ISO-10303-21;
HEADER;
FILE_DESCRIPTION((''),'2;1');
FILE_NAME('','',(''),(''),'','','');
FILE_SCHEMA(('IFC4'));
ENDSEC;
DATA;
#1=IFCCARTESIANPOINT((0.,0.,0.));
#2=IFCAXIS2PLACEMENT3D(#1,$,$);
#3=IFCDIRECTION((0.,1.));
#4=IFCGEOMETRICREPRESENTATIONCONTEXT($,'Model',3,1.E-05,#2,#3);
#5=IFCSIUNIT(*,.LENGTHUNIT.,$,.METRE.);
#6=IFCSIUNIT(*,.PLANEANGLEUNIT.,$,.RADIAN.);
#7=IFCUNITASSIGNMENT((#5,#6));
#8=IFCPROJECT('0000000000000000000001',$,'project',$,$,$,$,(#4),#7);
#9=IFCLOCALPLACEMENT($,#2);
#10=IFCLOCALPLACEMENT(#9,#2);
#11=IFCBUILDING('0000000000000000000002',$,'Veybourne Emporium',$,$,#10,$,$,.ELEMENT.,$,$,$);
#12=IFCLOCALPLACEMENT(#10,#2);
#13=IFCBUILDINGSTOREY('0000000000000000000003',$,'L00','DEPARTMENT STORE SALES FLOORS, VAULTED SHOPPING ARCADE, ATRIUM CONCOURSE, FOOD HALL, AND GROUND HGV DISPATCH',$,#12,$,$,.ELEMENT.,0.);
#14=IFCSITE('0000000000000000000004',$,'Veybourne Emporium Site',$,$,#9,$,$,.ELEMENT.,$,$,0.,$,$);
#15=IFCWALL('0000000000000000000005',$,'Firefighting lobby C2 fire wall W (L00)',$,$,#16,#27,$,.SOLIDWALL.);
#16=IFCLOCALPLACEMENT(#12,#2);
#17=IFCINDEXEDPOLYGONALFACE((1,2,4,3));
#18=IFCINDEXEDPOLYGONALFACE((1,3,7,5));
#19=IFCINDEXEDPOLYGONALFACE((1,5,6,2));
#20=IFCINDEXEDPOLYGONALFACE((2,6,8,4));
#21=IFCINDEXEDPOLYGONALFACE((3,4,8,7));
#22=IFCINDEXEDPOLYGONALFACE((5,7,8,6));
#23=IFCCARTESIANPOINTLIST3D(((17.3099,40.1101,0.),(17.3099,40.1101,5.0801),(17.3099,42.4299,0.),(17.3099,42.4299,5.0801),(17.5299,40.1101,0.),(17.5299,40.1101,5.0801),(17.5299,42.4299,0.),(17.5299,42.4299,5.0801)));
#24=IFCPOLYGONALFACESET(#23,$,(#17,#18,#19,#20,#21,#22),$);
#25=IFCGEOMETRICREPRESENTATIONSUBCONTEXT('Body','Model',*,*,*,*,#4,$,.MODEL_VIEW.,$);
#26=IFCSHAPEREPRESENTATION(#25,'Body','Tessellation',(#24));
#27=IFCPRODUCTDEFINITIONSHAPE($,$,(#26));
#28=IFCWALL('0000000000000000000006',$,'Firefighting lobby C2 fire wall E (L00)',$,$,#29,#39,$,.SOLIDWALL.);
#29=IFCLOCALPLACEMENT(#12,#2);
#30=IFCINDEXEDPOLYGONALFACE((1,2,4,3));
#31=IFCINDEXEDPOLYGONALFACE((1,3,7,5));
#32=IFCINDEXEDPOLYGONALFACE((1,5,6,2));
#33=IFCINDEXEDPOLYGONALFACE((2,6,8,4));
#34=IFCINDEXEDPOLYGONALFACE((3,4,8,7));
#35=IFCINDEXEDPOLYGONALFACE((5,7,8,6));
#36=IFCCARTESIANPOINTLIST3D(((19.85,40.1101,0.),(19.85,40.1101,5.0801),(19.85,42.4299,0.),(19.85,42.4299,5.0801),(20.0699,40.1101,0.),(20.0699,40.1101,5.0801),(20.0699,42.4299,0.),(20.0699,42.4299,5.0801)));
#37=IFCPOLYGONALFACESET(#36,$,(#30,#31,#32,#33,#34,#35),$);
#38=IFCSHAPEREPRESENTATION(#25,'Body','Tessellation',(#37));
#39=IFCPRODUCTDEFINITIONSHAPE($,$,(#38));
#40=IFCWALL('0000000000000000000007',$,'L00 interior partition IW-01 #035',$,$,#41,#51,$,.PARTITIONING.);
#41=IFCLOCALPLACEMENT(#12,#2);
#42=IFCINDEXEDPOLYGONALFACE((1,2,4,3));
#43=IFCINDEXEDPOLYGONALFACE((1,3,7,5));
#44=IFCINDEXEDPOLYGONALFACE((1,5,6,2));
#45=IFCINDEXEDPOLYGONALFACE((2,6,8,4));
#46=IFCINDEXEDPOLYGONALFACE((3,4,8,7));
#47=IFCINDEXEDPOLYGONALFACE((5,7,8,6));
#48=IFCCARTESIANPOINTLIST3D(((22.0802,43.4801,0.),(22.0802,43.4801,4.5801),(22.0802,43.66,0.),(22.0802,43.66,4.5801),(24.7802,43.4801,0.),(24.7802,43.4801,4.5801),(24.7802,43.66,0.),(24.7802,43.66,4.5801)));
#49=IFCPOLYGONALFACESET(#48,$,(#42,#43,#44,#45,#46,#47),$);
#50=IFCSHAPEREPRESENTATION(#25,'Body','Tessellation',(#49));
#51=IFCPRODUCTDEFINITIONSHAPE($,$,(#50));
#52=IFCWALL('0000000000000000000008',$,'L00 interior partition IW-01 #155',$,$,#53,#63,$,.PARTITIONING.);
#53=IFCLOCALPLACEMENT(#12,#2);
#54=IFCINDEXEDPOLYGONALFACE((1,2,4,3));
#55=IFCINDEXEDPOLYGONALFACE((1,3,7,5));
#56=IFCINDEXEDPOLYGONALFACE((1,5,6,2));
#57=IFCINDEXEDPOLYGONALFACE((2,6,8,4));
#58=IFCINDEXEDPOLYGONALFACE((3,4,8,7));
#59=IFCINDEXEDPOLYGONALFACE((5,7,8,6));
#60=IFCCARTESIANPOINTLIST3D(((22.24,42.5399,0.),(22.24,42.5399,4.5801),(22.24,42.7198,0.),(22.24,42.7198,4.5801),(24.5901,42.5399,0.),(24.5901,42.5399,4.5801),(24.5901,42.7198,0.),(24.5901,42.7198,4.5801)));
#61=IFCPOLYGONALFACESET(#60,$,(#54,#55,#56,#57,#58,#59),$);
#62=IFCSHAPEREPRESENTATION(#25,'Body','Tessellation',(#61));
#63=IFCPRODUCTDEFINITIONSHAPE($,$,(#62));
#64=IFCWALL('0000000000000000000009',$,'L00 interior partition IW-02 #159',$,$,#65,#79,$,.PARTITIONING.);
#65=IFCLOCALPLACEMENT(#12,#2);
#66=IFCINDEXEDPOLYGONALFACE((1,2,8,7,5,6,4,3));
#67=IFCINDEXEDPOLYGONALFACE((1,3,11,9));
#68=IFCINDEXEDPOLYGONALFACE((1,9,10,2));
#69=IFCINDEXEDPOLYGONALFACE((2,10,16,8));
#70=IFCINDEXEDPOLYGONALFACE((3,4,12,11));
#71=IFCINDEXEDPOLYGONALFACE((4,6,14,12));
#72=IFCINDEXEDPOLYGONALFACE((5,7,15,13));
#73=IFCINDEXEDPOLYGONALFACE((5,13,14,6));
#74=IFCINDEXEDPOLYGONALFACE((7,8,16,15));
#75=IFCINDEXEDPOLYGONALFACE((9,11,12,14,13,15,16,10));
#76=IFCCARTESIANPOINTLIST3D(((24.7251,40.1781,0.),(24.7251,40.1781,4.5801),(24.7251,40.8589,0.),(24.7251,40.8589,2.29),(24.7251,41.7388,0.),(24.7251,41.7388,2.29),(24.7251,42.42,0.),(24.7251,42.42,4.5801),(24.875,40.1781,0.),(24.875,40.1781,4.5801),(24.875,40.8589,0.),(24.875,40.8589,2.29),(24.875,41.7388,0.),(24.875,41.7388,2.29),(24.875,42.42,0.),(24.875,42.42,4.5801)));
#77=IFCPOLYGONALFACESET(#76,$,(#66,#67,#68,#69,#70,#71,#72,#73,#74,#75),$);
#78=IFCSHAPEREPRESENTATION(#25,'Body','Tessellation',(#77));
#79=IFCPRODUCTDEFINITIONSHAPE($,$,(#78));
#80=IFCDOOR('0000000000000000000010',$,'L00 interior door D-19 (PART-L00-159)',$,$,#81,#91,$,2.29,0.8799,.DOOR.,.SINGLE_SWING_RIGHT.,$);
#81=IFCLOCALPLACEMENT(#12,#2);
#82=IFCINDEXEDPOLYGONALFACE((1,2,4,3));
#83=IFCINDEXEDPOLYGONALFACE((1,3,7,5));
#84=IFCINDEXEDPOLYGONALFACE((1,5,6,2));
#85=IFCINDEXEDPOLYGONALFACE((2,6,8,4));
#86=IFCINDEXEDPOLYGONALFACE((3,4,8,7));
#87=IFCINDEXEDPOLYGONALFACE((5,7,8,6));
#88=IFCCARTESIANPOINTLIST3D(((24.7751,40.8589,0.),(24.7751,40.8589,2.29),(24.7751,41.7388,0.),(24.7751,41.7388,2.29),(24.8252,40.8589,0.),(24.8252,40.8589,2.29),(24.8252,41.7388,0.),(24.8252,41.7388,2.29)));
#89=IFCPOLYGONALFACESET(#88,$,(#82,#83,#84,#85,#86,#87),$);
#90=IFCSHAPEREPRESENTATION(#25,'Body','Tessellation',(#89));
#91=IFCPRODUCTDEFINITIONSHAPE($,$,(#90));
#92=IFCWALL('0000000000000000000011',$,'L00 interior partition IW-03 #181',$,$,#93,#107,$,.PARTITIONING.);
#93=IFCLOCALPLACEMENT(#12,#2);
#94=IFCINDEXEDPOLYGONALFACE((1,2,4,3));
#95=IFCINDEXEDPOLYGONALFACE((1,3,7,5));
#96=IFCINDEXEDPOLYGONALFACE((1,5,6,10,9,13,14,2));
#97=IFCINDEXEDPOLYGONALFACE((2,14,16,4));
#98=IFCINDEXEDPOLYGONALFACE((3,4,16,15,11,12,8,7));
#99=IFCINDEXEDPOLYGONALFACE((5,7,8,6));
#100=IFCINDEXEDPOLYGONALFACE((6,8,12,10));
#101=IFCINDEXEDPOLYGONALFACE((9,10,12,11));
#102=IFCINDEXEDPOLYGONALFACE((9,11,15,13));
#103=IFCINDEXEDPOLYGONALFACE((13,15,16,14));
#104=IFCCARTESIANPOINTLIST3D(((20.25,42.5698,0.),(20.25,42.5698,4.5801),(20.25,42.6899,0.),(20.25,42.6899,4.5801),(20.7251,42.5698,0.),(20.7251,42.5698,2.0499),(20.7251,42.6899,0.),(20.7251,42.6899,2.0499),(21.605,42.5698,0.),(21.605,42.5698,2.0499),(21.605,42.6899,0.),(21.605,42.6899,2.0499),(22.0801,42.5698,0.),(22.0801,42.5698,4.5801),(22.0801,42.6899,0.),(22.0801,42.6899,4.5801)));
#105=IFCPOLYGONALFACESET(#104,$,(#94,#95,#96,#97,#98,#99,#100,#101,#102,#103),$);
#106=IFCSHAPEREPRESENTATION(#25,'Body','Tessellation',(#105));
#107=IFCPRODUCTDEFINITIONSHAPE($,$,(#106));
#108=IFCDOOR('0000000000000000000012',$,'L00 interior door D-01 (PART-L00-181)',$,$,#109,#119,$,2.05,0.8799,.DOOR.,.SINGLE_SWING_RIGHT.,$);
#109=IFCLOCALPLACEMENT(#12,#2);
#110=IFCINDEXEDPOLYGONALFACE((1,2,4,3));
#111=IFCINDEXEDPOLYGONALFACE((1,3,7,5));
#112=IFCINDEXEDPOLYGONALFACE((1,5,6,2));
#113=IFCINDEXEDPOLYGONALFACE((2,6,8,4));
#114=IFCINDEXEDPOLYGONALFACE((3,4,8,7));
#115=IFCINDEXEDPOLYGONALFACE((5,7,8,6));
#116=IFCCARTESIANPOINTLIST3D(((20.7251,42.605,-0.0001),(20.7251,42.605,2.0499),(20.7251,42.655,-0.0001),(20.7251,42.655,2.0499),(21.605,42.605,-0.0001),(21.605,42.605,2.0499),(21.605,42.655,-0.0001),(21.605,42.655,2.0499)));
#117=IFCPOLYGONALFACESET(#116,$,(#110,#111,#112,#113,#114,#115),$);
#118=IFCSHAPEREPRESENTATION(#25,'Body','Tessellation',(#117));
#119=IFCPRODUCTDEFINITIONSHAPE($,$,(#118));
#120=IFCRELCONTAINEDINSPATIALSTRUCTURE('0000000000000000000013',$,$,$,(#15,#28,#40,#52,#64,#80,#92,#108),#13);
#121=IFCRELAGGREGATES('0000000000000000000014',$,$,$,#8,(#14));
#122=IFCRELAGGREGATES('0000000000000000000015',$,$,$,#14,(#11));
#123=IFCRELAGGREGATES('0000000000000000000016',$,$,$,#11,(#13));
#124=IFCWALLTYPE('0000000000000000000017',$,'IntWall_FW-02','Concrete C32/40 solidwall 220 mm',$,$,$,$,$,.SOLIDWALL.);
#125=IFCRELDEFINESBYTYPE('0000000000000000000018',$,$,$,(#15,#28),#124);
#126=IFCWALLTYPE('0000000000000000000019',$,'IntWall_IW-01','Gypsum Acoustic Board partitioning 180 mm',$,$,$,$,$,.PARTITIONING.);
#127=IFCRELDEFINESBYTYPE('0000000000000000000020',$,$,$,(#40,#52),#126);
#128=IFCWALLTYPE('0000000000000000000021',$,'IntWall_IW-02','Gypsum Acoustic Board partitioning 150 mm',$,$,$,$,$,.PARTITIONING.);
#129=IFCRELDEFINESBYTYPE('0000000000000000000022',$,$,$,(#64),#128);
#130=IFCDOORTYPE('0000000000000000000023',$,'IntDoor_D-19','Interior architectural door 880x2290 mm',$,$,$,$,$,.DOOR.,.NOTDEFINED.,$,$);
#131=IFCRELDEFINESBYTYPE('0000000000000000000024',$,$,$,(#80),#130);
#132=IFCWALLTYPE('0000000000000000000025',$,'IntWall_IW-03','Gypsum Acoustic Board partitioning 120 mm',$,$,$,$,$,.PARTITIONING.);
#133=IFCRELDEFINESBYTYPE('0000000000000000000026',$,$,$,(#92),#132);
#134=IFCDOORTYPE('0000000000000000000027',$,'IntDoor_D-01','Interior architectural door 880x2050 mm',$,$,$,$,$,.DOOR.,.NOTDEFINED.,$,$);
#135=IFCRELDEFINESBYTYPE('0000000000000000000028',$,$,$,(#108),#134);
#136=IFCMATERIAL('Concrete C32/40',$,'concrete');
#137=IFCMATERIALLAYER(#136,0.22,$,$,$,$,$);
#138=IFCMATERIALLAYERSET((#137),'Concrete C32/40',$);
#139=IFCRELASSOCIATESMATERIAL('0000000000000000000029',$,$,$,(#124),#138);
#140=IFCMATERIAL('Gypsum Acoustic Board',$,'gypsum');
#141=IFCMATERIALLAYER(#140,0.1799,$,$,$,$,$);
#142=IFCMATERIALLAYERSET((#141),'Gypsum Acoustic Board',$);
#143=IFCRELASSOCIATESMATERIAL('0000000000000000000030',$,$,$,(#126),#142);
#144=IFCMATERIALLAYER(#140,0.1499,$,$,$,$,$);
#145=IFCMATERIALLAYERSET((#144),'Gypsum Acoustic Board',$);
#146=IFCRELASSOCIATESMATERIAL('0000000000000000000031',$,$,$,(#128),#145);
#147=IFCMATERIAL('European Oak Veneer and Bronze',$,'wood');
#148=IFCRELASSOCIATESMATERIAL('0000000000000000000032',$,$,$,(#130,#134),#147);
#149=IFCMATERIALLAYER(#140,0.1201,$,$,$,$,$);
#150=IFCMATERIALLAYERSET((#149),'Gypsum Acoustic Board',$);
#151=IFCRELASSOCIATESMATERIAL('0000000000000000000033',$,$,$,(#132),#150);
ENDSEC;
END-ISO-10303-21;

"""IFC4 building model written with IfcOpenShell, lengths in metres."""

from ifc_helpers import new_model, si_unit, direction, frame, frame_2d, origin, place, context, subcontext, project, spatial, rectangle, extrude, material, layer, layer_set, type_object, element, fill, save


model = new_model("IFC4")

# Units and contexts
model_context = context("Model", 3, precision=1e-05, world=origin(), true_north=direction((0.0, 1.0)))
body_context = subcontext(model_context, "Body", "Model", "MODEL_VIEW")
ifc_project = project(units=[si_unit("LENGTHUNIT", "METRE"), si_unit("PLANEANGLEUNIT", "RADIAN")], contexts=[model_context])

# Site, building, storey
site_placement = place(None, origin())
site = spatial("IfcSite", under=ifc_project, at=site_placement, Name="Veybourne Emporium Site", CompositionType="ELEMENT", RefElevation=0.0)
building_placement = place(site_placement, origin())
building = spatial("IfcBuilding", under=site, at=building_placement, Name="Veybourne Emporium", CompositionType="ELEMENT")
storey_placement = place(building_placement, origin())
storey = spatial("IfcBuildingStorey", under=building, at=storey_placement, Name="L00", Description="DEPARTMENT STORE SALES FLOORS, VAULTED SHOPPING ARCADE, ATRIUM CONCOURSE, FOOD HALL, AND GROUND HGV DISPATCH", CompositionType="ELEMENT", Elevation=0.0)

# Shared definitions
ifc_material_1 = material(Name="Concrete C32/40", Category="concrete")

# Shared definitions
ifc_layer_1 = layer(ifc_material_1, 0.22)
ifc_layer_set_1 = layer_set([ifc_layer_1], Name="Concrete C32/40")
wall_type_1 = type_object("IfcWallType", Name="IntWall_FW-02", Description="Concrete C32/40 solidwall 220 mm", PredefinedType="SOLIDWALL", material=ifc_layer_set_1)

# Walls
for number, where, z_axis, x_axis, name in (
    (1, (17.4199, 40.1101, 0.0), (0.0, 0.0, 1.0), (0.0, 1.0, 0.0), "Firefighting lobby C2 fire wall W (L00)"),
    (2, (19.96, 40.1101, 0.0), (0.0, 0.0, 1.0), (0.0, 1.0, 0.0), "Firefighting lobby C2 fire wall E (L00)"),
):
    element("IfcWall", number, at=place(storey_placement, frame(where, z_axis=z_axis, x_axis=x_axis)), inside=storey, type_object=wall_type_1, Name=name, PredefinedType="SOLIDWALL", context=body_context, shape_type="SweptSolid", body=[
        extrude(rectangle(XDim=2.3198, YDim=0.22, at=frame_2d((1.1599, 0.0))), origin(), (0.0, 0.0, 1.0), 5.0801),
    ])
ifc_material_2 = material(Name="Gypsum Acoustic Board", Category="gypsum")
ifc_layer_2 = layer(ifc_material_2, 0.1799)
ifc_layer_set_2 = layer_set([ifc_layer_2], Name="Gypsum Acoustic Board")
wall_type_2 = type_object("IfcWallType", Name="IntWall_IW-01", Description="Gypsum Acoustic Board partitioning 180 mm", PredefinedType="PARTITIONING", material=ifc_layer_set_2)
wall_1_placement = place(storey_placement, frame((22.0801, 43.5701, 0.0), z_axis=(0.0, 0.0, 1.0), x_axis=(1.0, 0.0, 0.0)))
element("IfcWall", 3, at=wall_1_placement, inside=storey, type_object=wall_type_2, Name="L00 interior partition IW-01 #035", PredefinedType="PARTITIONING", context=body_context, shape_type="SweptSolid", body=[
    extrude(rectangle(XDim=2.7, YDim=0.1799, at=frame_2d((1.3501, 0.0))), origin(), (0.0, 0.0, 1.0), 4.5801),
])
wall_2_placement = place(storey_placement, frame((22.24, 42.6299, 0.0), z_axis=(0.0, 0.0, 1.0), x_axis=(1.0, 0.0, 0.0)))
element("IfcWall", 4, at=wall_2_placement, inside=storey, type_object=wall_type_2, Name="L00 interior partition IW-01 #155", PredefinedType="PARTITIONING", context=body_context, shape_type="SweptSolid", body=[
    extrude(rectangle(XDim=2.3501, YDim=0.1799, at=frame_2d((1.175, 0.0))), origin(), (0.0, 0.0, 1.0), 4.5801),
])

# Walls, openings, doors
ifc_layer_3 = layer(ifc_material_2, 0.1499)
ifc_layer_set_3 = layer_set([ifc_layer_3], Name="Gypsum Acoustic Board")
wall_type_3 = type_object("IfcWallType", Name="IntWall_IW-02", Description="Gypsum Acoustic Board partitioning 150 mm", PredefinedType="PARTITIONING", material=ifc_layer_set_3)
wall_3_placement = place(storey_placement, frame((24.8, 40.178, 0.0), z_axis=(0.0, 0.0, 1.0), x_axis=(0.0, 1.0, 0.0)))
wall_3 = element("IfcWall", 5, at=wall_3_placement, inside=storey, type_object=wall_type_3, Name="L00 interior partition IW-02 #159", PredefinedType="PARTITIONING", context=body_context, shape_type="SweptSolid", body=[
    extrude(rectangle(XDim=2.2419, YDim=0.1499, at=frame_2d((1.1211, 0.0))), origin(), (0.0, 0.0, 1.0), 4.5801),
])
opening_1_placement = place(wall_3_placement, frame((0.6809, 0.0, 0.0)))
opening_1 = element("IfcOpeningElement", 6, at=opening_1_placement, cuts=wall_3, PredefinedType="OPENING", context=body_context, shape_type="SweptSolid", body=[
    extrude(rectangle(XDim=0.8799, YDim=2.29, at=frame_2d((0.4399, 1.145))), frame((0.0, 0.095, 0.0), z_axis=(0.0, -1.0, 0.0), x_axis=(1.0, 0.0, 0.0)), (0.0, 0.0, 1.0), 0.1899),
])
ifc_material_3 = material(Name="European Oak Veneer and Bronze", Category="wood")
door_type_1 = type_object("IfcDoorType", Name="IntDoor_D-19", Description="Interior architectural door 880x2290 mm", OperationType="NOTDEFINED", PredefinedType="DOOR", material=ifc_material_3)
door_1_placement = place(opening_1_placement, origin())
door_1 = element("IfcDoor", 7, at=door_1_placement, inside=storey, type_object=door_type_1, Name="L00 interior door D-19 (PART-L00-159)", OperationType="SINGLE_SWING_RIGHT", OverallHeight=2.29, OverallWidth=0.8799, PredefinedType="DOOR", context=body_context, shape_type="SweptSolid", body=[
    extrude(rectangle(XDim=0.8799, YDim=2.29, at=frame_2d((0.4399, 1.145))), frame((0.0, 0.0249, 0.0), z_axis=(0.0, -1.0, 0.0), x_axis=(1.0, 0.0, 0.0)), (0.0, 0.0, 1.0), 0.05),
])
fill(opening_1, door_1)
ifc_layer_4 = layer(ifc_material_2, 0.1201)
ifc_layer_set_4 = layer_set([ifc_layer_4], Name="Gypsum Acoustic Board")
wall_type_4 = type_object("IfcWallType", Name="IntWall_IW-03", Description="Gypsum Acoustic Board partitioning 120 mm", PredefinedType="PARTITIONING", material=ifc_layer_set_4)
wall_4_placement = place(storey_placement, frame((20.25, 42.6299, 0.0), z_axis=(0.0, 0.0, 1.0), x_axis=(1.0, 0.0, 0.0)))
wall_4 = element("IfcWall", 8, at=wall_4_placement, inside=storey, type_object=wall_type_4, Name="L00 interior partition IW-03 #181", PredefinedType="PARTITIONING", context=body_context, shape_type="SweptSolid", body=[
    extrude(rectangle(XDim=1.8301, YDim=0.1201, at=frame_2d((0.915, 0.0))), origin(), (0.0, 0.0, 1.0), 4.5801),
])
opening_2_placement = place(wall_4_placement, frame((0.4751, 0.0, 0.0)))
opening_2 = element("IfcOpeningElement", 9, at=opening_2_placement, cuts=wall_4, PredefinedType="OPENING", context=body_context, shape_type="SweptSolid", body=[
    extrude(rectangle(XDim=0.8799, YDim=2.05, at=frame_2d((0.4399, 1.0249))), frame((0.0, 0.0801, 0.0), z_axis=(0.0, -1.0, 0.0), x_axis=(1.0, 0.0, 0.0)), (0.0, 0.0, 1.0), 0.1602),
])
door_type_2 = type_object("IfcDoorType", Name="IntDoor_D-01", Description="Interior architectural door 880x2050 mm", OperationType="NOTDEFINED", PredefinedType="DOOR", material=ifc_material_3)
door_2_placement = place(opening_2_placement, frame((0.8799, 0.0, 0.0), z_axis=(0.0, 0.0, 1.0), x_axis=(-1.0, 0.0, 0.0)))
door_2 = element("IfcDoor", 10, at=door_2_placement, inside=storey, type_object=door_type_2, Name="L00 interior door D-01 (PART-L00-181)", OperationType="SINGLE_SWING_RIGHT", OverallHeight=2.05, OverallWidth=0.8799, PredefinedType="DOOR", context=body_context, shape_type="SweptSolid", body=[
    extrude(rectangle(XDim=0.8799, YDim=2.05, at=frame_2d((0.4399, 1.0249))), frame((0.0, 0.0249, 0.0), z_axis=(0.0, -1.0, 0.0), x_axis=(1.0, 0.0, 0.0)), (0.0, 0.0, 1.0), 0.05),
])
fill(opening_2, door_2)

save(model, "model.ifc")
